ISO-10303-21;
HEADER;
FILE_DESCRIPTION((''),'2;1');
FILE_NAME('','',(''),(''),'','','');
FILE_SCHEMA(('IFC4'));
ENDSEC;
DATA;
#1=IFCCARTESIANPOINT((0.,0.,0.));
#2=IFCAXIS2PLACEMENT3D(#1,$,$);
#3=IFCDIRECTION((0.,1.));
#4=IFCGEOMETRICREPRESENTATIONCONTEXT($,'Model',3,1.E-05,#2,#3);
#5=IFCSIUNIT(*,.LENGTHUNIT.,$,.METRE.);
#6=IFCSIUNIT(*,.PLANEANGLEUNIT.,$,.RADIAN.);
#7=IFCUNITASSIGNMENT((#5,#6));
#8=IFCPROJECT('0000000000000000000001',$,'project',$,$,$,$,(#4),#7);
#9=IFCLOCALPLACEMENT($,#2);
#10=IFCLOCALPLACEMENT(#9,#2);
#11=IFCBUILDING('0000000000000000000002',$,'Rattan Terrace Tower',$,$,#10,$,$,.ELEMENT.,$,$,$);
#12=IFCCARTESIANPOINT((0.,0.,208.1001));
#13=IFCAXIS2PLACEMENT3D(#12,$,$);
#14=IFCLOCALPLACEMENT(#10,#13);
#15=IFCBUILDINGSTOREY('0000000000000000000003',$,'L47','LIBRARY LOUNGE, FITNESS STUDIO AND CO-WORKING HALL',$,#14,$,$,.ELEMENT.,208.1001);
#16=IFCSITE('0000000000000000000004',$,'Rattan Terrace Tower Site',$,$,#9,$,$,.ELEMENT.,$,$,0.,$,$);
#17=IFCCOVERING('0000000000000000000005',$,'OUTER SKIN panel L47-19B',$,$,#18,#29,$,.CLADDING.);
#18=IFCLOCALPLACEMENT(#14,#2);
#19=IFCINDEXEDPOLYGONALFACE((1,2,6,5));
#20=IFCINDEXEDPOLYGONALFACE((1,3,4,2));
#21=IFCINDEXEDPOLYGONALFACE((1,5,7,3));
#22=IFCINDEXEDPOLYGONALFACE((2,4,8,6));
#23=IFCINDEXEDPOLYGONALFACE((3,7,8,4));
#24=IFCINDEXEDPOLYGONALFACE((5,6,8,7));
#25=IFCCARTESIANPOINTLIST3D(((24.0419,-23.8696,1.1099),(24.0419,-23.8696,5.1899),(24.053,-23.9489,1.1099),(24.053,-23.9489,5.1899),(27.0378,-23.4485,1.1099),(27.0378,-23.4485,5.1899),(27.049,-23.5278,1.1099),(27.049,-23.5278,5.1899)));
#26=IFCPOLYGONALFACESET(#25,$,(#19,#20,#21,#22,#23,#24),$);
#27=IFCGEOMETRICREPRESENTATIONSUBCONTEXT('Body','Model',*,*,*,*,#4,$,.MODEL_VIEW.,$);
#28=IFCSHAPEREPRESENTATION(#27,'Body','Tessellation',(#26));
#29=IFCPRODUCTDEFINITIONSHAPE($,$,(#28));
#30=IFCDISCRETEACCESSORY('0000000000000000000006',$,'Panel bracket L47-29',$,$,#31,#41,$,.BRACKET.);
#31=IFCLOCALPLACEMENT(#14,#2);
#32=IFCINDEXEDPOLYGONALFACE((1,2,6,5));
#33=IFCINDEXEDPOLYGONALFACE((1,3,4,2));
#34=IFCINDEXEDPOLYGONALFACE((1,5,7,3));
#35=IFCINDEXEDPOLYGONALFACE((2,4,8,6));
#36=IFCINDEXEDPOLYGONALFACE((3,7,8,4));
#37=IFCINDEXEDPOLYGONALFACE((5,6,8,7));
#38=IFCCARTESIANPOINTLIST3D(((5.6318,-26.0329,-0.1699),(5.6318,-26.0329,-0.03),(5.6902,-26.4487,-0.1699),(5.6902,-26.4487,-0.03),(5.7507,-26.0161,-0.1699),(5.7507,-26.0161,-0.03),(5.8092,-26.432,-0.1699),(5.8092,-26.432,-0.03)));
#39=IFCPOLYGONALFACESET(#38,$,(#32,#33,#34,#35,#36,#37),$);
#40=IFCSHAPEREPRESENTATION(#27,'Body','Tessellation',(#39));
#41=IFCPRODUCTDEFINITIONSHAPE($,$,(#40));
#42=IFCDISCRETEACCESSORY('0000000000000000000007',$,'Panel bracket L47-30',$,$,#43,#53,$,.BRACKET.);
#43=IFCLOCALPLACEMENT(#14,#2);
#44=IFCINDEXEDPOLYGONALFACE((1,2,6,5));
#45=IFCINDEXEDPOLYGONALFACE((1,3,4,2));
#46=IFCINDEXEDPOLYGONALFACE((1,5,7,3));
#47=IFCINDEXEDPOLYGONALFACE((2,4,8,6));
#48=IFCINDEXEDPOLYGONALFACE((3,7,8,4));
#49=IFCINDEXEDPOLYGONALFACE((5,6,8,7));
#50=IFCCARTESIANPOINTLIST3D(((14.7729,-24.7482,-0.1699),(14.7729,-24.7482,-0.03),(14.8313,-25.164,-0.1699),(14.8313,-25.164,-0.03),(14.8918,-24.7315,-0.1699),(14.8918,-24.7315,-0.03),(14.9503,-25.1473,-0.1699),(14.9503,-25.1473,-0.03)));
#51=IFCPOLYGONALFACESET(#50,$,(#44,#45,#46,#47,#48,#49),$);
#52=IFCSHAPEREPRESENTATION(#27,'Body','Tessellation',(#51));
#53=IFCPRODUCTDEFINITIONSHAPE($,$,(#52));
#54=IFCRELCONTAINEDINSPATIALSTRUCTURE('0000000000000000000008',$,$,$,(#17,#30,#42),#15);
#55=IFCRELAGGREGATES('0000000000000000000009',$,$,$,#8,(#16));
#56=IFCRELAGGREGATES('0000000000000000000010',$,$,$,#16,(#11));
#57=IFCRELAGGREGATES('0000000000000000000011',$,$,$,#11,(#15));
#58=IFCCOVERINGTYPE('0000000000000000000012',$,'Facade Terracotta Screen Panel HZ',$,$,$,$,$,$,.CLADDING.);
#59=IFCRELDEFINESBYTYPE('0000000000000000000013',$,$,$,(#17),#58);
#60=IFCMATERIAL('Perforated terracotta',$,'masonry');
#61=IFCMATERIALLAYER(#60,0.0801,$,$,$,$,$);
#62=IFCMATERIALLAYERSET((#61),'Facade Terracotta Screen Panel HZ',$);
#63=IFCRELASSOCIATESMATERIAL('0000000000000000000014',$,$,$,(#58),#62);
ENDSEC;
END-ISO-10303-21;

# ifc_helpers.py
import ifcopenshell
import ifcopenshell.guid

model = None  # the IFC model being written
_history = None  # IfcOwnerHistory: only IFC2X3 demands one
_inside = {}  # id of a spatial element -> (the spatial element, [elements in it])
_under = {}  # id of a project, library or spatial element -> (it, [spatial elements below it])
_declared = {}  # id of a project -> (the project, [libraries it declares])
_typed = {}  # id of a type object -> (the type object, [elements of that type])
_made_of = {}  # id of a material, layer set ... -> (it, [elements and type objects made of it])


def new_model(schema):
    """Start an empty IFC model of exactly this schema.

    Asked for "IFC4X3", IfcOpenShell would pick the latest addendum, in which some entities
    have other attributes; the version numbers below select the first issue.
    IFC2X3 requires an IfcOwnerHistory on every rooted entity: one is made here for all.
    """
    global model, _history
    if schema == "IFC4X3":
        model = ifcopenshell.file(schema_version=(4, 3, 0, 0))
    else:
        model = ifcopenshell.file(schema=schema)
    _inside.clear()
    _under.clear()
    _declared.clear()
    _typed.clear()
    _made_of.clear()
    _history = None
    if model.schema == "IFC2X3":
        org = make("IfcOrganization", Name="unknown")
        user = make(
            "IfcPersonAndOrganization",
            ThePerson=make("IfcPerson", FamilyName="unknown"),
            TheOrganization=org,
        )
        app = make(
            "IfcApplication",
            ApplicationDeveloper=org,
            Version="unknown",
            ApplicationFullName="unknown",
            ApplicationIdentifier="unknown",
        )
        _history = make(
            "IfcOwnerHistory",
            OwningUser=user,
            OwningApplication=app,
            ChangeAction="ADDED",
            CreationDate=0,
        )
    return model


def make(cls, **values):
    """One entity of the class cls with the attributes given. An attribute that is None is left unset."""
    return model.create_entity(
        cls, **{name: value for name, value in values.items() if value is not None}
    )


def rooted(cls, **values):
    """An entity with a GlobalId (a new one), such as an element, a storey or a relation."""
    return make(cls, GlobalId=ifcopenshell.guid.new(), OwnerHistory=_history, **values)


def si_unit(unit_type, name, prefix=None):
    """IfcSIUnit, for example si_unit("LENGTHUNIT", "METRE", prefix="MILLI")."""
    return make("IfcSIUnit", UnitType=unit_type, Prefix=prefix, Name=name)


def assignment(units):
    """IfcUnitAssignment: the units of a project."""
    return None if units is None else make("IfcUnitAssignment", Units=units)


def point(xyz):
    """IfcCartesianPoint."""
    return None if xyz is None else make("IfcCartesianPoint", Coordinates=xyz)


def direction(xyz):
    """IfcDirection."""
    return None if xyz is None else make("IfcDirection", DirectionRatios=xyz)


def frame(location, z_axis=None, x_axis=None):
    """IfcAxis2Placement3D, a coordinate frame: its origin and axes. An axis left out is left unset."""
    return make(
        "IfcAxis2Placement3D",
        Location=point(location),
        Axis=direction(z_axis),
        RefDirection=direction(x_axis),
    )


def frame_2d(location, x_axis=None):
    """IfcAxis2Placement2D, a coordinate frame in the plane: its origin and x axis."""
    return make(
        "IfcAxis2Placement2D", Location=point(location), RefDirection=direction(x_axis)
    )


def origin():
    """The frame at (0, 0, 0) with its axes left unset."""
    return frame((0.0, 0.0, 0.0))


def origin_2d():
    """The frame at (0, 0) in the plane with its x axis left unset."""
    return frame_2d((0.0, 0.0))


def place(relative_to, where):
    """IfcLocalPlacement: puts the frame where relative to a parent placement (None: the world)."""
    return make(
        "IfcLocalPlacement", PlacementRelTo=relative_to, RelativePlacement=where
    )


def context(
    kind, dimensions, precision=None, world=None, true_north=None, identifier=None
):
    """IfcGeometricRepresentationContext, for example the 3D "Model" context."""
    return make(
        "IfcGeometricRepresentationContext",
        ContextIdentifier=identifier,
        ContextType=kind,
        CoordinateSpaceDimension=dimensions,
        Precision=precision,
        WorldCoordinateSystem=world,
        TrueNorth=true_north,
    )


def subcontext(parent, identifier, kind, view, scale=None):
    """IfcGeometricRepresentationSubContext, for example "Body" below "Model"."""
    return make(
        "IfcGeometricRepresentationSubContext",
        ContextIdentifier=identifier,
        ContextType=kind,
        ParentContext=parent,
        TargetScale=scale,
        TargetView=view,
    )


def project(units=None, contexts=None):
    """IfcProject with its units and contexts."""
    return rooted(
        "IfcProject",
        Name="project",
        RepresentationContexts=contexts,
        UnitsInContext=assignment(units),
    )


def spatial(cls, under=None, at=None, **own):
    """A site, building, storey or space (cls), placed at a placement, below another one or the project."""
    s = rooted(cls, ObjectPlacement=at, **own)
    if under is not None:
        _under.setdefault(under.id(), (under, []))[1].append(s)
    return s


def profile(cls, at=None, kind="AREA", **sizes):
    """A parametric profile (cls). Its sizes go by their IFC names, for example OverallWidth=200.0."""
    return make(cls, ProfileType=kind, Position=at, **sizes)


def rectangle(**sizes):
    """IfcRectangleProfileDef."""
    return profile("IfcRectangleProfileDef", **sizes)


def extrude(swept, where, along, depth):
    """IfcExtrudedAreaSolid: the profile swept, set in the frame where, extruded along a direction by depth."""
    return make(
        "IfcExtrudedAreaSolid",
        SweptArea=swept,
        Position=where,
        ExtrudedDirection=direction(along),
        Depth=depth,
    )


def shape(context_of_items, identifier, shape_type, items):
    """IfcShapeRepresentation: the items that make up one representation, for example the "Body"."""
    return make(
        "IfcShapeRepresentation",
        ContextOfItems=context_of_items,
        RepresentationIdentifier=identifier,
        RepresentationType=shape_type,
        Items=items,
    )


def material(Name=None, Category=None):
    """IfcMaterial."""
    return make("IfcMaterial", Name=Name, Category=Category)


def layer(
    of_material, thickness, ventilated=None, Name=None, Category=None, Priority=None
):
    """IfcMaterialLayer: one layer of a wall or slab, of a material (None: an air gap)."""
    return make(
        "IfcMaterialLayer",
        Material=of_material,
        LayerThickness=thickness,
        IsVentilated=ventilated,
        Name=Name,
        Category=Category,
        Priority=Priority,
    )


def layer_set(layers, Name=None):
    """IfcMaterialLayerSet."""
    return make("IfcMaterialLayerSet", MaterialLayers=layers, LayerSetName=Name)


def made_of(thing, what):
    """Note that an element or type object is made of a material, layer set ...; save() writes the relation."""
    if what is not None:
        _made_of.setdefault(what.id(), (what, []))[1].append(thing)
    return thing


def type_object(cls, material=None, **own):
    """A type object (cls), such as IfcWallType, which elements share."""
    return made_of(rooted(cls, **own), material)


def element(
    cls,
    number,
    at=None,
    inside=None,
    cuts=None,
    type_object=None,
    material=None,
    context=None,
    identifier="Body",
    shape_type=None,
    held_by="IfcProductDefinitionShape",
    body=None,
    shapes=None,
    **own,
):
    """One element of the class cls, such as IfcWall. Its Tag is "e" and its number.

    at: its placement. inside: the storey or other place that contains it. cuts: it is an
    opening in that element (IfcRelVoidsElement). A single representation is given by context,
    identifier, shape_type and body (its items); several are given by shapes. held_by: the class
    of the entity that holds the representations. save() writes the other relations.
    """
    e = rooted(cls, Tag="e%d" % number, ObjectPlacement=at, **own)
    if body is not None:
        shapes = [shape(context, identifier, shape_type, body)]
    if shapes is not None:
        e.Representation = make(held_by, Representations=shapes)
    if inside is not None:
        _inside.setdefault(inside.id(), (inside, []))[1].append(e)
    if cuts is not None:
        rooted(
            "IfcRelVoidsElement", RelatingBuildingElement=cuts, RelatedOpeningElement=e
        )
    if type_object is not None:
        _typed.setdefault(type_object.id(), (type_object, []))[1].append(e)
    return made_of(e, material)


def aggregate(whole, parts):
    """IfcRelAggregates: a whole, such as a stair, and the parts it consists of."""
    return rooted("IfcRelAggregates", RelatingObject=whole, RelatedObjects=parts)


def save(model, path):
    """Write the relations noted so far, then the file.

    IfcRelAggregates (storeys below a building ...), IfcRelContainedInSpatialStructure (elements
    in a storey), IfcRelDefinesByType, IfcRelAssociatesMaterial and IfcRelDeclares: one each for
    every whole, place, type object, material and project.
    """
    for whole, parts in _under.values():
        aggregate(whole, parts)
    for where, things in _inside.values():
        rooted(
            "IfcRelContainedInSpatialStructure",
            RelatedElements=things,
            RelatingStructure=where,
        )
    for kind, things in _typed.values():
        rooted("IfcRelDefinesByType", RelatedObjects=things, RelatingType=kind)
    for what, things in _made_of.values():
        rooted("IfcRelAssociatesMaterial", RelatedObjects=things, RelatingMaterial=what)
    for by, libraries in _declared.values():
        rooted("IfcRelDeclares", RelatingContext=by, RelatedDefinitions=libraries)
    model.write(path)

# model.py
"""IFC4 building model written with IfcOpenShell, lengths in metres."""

from ifc_helpers import new_model, si_unit, direction, frame, origin, origin_2d, place, context, subcontext, project, spatial, rectangle, extrude, material, layer, layer_set, type_object, element, save


model = new_model("IFC4")

# Units and contexts
model_context = context("Model", 3, precision=1e-05, world=origin(), true_north=direction((0.0, 1.0)))
body_context = subcontext(model_context, "Body", "Model", "MODEL_VIEW")
ifc_project = project(units=[si_unit("LENGTHUNIT", "METRE"), si_unit("PLANEANGLEUNIT", "RADIAN")], contexts=[model_context])

# Site, building, storey
site_placement = place(None, origin())
site = spatial("IfcSite", under=ifc_project, at=site_placement, Name="Rattan Terrace Tower Site", CompositionType="ELEMENT", RefElevation=0.0)
building_placement = place(site_placement, origin())
building = spatial("IfcBuilding", under=site, at=building_placement, Name="Rattan Terrace Tower", CompositionType="ELEMENT")
storey_placement = place(building_placement, frame((0.0, 0.0, 208.1001)))
storey = spatial("IfcBuildingStorey", under=building, at=storey_placement, Name="L47", Description="LIBRARY LOUNGE, FITNESS STUDIO AND CO-WORKING HALL", CompositionType="ELEMENT", Elevation=208.1001)

# Covering
ifc_material_1 = material(Name="Perforated terracotta", Category="masonry")
ifc_layer_1 = layer(ifc_material_1, 0.0801)
ifc_layer_set_1 = layer_set([ifc_layer_1], Name="Facade Terracotta Screen Panel HZ")
covering_type_1 = type_object("IfcCoveringType", Name="Facade Terracotta Screen Panel HZ", PredefinedType="CLADDING", material=ifc_layer_set_1)
covering_1_placement = place(storey_placement, frame((25.5454, -23.6987, 1.1099), z_axis=(0.0, 0.0, 1.0), x_axis=(0.990267, 0.139177, 0.0)))
element("IfcCovering", 1, at=covering_1_placement, inside=storey, type_object=covering_type_1, Name="OUTER SKIN panel L47-19B", PredefinedType="CLADDING", context=body_context, shape_type="SweptSolid", body=[
    extrude(rectangle(XDim=3.0254, YDim=0.0801, at=origin_2d()), origin(), (0.0, 0.0, 1.0), 4.0801),
])

# Discrete accessories
for number, where, z_axis, x_axis, name in (
    (2, (5.7205, -26.2324, -0.1699), (0.0, 0.0, 1.0), (0.990267, 0.139177, 0.0), "Panel bracket L47-29"),
    (3, (14.8616, -24.9478, -0.1699), (0.0, 0.0, 1.0), (0.990267, 0.139177, 0.0), "Panel bracket L47-30"),
):
    element("IfcDiscreteAccessory", number, at=place(storey_placement, frame(where, z_axis=z_axis, x_axis=x_axis)), inside=storey, Name=name, PredefinedType="BRACKET", context=body_context, shape_type="SweptSolid", body=[
        extrude(rectangle(XDim=0.1201, YDim=0.4199, at=origin_2d()), origin(), (0.0, 0.0, 1.0), 0.1399),
    ])

save(model, "model.ifc")
